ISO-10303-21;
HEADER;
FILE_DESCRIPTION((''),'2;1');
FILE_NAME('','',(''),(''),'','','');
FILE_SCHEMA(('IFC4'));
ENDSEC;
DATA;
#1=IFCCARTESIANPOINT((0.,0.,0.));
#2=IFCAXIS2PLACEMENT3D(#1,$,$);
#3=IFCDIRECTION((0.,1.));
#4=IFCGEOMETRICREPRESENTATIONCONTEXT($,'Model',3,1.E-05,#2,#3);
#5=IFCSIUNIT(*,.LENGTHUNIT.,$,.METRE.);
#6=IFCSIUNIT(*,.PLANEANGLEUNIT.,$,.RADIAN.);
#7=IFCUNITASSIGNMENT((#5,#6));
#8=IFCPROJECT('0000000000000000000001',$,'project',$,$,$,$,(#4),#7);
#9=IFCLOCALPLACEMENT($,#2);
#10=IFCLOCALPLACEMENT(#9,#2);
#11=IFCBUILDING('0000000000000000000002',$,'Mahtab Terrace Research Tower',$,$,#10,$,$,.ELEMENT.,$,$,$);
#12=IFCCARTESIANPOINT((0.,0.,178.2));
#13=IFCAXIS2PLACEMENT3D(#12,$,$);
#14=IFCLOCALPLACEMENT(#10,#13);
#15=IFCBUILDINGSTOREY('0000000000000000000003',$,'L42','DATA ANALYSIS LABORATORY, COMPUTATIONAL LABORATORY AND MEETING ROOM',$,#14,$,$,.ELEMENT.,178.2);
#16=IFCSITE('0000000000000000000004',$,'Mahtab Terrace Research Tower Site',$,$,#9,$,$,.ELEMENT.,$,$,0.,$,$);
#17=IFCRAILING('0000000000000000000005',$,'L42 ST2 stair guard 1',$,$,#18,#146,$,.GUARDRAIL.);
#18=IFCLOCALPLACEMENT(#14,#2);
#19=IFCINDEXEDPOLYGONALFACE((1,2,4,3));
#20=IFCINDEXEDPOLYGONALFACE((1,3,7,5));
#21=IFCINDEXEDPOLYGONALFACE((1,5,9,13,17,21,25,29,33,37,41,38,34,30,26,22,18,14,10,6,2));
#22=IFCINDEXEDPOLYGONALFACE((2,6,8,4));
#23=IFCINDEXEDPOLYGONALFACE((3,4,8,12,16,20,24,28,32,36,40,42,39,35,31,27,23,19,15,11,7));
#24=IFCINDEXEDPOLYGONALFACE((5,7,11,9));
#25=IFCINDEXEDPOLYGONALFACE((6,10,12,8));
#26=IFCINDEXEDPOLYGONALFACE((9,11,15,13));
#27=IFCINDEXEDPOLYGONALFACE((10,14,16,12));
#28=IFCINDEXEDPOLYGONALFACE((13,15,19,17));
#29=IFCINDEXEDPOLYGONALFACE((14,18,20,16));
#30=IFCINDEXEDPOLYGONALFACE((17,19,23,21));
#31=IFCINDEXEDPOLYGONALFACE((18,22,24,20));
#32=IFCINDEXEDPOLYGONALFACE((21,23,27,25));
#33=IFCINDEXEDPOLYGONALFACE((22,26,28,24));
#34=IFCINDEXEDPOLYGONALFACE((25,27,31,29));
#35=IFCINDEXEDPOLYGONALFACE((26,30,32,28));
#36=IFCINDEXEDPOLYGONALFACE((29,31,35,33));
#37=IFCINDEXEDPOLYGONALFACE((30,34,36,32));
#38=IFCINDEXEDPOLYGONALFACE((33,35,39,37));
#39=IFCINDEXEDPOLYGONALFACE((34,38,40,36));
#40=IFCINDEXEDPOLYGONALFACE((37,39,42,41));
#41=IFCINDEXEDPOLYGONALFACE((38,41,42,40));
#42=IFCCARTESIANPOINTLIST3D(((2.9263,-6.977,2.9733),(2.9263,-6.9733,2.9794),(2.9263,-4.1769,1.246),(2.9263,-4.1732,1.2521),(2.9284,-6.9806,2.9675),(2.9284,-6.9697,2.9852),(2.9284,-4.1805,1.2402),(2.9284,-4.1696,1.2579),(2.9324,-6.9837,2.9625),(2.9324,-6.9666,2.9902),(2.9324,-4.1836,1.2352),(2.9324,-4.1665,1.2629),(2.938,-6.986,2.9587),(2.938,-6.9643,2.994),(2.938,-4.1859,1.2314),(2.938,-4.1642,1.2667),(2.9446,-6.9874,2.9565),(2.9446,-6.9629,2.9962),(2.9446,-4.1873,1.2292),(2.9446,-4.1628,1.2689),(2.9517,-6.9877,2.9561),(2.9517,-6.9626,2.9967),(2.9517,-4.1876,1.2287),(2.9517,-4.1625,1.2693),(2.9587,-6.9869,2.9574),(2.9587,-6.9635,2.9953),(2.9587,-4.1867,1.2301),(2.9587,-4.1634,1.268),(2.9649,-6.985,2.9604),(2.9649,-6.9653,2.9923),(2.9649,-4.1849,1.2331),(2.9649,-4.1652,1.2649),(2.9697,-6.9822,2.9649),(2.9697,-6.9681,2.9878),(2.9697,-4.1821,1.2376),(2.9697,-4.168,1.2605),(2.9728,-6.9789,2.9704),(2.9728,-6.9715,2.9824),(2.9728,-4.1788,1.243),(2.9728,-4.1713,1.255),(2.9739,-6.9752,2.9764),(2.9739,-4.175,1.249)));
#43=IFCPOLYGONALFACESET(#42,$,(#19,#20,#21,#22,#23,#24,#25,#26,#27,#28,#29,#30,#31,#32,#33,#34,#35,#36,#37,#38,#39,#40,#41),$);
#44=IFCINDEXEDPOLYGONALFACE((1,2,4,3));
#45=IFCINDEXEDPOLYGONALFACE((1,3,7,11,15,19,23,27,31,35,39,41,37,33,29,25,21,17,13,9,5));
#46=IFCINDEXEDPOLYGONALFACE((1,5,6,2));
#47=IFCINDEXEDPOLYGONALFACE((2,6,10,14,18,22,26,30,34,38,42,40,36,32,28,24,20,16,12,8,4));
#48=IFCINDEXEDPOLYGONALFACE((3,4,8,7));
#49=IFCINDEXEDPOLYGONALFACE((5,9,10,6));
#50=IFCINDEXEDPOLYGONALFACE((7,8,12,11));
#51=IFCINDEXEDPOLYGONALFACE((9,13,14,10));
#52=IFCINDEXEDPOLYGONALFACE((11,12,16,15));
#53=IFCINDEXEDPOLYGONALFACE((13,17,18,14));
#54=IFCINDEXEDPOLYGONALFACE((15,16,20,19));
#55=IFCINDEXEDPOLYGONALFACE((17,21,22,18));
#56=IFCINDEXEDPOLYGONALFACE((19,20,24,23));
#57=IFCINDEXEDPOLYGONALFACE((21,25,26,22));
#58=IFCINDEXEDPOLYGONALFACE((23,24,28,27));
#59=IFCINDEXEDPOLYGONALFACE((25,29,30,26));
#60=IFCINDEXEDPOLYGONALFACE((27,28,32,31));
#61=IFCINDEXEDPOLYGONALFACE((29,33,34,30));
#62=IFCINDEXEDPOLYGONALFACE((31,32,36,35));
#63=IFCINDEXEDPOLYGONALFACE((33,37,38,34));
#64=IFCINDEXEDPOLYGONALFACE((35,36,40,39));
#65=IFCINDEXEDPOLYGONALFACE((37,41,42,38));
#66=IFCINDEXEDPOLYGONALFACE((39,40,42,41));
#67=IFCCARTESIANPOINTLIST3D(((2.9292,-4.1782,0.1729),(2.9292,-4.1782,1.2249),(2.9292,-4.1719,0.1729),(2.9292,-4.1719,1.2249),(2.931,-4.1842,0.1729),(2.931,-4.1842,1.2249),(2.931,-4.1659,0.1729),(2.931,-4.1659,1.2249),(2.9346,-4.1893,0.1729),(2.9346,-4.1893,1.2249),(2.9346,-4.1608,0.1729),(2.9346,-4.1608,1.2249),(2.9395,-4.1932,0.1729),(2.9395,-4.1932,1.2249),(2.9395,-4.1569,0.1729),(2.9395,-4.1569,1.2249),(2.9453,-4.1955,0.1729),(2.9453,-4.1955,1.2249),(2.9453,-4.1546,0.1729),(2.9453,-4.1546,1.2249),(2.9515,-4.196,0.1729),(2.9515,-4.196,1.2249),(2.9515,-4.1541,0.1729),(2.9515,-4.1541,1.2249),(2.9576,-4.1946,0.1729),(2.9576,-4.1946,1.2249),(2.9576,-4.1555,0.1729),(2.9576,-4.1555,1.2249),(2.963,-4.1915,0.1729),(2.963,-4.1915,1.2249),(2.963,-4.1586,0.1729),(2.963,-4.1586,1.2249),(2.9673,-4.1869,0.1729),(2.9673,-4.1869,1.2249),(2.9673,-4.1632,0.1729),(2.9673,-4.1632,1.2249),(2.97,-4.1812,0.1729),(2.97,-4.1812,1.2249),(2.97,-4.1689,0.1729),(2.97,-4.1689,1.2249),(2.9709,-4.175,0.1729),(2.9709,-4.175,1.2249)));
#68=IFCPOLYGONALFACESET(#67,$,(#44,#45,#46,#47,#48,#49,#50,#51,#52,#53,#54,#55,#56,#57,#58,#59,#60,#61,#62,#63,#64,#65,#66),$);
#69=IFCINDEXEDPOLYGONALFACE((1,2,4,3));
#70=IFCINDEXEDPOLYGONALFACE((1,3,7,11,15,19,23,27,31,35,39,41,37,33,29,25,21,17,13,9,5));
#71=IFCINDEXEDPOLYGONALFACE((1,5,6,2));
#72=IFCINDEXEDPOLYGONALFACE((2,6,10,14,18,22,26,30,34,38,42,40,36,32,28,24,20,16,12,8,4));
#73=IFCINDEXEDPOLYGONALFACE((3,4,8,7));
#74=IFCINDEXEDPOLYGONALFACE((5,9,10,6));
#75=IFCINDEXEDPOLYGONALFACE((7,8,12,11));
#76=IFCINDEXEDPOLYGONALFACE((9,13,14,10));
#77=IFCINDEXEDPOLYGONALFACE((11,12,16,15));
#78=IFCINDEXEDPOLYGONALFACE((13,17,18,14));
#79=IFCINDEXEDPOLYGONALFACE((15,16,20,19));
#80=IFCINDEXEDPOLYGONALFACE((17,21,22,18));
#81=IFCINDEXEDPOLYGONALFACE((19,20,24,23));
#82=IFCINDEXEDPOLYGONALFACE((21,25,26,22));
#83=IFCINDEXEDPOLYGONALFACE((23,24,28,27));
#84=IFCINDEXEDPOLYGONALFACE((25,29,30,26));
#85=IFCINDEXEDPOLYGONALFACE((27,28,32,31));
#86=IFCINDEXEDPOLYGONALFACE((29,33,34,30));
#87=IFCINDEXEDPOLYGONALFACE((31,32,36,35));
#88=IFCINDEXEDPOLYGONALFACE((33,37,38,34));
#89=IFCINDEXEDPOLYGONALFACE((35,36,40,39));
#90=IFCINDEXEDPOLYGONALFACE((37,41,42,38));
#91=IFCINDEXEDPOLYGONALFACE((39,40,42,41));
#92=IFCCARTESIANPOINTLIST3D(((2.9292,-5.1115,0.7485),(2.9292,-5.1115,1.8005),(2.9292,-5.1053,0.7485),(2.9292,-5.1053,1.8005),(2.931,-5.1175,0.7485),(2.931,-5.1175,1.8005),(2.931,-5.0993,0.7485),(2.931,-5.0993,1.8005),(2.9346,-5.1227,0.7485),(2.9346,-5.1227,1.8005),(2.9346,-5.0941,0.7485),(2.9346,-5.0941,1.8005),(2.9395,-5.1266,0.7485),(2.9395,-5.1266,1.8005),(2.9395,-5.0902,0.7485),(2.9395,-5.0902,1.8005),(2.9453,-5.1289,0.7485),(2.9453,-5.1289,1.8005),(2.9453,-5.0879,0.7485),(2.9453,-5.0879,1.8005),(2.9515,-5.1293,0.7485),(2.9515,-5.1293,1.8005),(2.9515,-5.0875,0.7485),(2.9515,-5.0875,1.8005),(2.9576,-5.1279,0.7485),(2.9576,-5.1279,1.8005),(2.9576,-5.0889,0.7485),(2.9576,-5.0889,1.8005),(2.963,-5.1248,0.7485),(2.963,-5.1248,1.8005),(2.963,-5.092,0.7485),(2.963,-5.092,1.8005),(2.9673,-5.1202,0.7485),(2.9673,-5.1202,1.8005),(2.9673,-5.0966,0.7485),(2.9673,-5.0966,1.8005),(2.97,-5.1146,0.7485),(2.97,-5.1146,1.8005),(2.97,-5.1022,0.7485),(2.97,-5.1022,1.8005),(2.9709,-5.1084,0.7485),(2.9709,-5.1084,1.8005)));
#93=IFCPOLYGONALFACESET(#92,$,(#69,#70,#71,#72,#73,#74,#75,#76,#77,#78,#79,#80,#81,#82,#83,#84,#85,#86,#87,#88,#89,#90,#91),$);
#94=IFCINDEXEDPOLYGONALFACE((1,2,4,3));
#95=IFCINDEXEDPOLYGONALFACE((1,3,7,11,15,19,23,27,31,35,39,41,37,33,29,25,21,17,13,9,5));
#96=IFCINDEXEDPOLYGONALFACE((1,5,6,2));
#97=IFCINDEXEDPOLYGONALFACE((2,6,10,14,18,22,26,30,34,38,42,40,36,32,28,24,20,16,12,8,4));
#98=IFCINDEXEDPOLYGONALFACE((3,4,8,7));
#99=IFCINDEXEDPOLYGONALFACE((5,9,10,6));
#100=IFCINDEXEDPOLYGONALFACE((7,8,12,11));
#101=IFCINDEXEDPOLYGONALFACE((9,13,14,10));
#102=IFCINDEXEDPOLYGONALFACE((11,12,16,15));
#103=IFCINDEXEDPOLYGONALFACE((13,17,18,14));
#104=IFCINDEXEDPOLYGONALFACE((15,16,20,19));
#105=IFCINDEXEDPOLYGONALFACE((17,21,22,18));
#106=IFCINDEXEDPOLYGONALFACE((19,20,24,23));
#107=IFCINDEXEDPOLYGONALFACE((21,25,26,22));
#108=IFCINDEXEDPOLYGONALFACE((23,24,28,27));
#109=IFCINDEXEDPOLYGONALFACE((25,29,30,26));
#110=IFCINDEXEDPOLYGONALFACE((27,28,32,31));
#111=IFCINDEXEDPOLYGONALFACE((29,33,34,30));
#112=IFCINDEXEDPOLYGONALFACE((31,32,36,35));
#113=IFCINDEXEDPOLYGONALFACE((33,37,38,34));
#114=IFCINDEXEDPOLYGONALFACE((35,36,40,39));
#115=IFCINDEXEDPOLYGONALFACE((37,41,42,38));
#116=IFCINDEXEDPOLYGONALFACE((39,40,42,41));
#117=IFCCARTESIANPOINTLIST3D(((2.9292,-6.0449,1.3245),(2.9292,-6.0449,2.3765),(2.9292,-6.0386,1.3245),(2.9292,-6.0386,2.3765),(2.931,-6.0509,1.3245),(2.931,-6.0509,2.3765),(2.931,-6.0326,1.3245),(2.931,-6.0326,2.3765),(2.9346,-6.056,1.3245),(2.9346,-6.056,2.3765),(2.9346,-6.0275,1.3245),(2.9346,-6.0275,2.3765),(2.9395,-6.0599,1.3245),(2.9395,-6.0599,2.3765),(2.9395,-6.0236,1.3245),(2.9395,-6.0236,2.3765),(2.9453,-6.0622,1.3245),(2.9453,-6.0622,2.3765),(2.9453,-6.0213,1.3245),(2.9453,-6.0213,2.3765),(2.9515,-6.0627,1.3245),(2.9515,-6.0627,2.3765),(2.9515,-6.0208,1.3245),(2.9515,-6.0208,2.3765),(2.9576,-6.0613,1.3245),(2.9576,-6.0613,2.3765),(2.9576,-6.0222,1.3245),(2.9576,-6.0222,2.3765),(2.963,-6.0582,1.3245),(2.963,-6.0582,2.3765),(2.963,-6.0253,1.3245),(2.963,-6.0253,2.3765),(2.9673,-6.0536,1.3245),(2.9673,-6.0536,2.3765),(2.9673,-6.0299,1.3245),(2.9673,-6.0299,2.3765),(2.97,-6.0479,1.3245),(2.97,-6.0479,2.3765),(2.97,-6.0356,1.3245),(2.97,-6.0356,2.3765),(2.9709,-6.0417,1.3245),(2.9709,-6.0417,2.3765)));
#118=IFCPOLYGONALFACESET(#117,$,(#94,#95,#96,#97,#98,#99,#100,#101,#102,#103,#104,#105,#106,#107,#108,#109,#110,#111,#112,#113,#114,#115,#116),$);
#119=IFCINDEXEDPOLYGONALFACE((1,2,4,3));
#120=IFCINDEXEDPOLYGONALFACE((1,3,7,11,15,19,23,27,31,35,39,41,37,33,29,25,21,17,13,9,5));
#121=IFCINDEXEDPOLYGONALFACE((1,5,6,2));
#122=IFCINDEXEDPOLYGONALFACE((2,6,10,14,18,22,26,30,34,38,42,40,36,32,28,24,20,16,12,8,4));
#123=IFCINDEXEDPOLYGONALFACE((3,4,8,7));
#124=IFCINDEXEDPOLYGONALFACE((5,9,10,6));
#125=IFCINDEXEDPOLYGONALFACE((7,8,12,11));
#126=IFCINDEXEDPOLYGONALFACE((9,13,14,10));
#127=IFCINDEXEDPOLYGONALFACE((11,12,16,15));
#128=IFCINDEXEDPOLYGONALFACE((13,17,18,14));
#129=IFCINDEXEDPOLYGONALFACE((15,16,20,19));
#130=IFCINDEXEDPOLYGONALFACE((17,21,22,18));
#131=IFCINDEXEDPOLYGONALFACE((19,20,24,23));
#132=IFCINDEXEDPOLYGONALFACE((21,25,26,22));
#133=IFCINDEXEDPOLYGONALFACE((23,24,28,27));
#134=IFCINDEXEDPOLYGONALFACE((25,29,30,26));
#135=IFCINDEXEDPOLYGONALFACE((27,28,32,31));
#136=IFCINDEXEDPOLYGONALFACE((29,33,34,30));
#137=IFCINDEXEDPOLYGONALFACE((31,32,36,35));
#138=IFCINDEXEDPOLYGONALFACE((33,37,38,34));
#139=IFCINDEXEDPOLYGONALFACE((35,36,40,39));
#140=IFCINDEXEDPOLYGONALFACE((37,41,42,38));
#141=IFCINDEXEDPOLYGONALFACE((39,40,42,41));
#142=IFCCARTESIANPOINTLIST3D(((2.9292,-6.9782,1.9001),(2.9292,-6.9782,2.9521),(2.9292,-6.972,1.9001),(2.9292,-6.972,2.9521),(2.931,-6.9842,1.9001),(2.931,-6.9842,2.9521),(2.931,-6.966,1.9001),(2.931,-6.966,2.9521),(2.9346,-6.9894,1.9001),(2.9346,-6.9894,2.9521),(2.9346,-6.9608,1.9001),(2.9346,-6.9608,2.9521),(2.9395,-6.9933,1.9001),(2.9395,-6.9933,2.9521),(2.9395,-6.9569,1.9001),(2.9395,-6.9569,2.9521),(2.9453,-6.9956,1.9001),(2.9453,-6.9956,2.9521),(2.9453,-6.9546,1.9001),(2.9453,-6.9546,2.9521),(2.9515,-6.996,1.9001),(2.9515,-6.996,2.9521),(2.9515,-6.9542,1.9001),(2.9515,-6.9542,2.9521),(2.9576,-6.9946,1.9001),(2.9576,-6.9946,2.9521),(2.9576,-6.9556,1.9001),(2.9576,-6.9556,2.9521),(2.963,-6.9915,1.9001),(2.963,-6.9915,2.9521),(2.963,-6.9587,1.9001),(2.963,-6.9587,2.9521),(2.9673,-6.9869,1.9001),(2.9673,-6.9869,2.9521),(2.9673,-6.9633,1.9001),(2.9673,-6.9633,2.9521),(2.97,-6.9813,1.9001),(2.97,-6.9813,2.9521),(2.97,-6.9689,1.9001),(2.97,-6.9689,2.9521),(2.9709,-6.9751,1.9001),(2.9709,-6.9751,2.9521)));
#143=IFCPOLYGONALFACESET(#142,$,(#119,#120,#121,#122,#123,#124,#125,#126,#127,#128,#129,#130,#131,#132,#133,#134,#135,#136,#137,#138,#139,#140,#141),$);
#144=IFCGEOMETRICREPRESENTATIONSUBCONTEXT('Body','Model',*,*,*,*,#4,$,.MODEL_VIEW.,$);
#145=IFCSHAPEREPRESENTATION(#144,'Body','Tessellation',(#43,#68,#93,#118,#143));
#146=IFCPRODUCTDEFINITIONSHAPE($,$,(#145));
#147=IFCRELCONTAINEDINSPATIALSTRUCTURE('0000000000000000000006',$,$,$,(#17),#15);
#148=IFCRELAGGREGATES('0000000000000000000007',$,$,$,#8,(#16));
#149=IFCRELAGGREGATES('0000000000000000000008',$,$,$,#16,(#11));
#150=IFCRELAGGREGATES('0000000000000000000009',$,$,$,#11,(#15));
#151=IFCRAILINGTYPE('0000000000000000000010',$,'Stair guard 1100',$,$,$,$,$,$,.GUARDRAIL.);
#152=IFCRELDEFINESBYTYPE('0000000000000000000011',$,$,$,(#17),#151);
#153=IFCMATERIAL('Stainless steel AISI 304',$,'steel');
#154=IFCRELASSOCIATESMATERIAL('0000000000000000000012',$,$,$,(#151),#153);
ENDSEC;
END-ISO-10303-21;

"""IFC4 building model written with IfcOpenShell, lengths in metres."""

from ifc_helpers import new_model, si_unit, direction, frame, origin, origin_2d, place, context, subcontext, project, spatial, circle, extrude, material, type_object, element, save


model = new_model("IFC4")

# Units and contexts
model_context = context("Model", 3, precision=1e-05, world=origin(), true_north=direction((0.0, 1.0)))
body_context = subcontext(model_context, "Body", "Model", "MODEL_VIEW")
ifc_project = project(units=[si_unit("LENGTHUNIT", "METRE"), si_unit("PLANEANGLEUNIT", "RADIAN")], contexts=[model_context])

# Site, building, storey
site_placement = place(None, origin())
site = spatial("IfcSite", under=ifc_project, at=site_placement, Name="Mahtab Terrace Research Tower Site", CompositionType="ELEMENT", RefElevation=0.0)
building_placement = place(site_placement, origin())
building = spatial("IfcBuilding", under=site, at=building_placement, Name="Mahtab Terrace Research Tower", CompositionType="ELEMENT")
storey_placement = place(building_placement, frame((0.0, 0.0, 178.2)))
storey = spatial("IfcBuildingStorey", under=building, at=storey_placement, Name="L42", Description="DATA ANALYSIS LABORATORY, COMPUTATIONAL LABORATORY AND MEETING ROOM", CompositionType="ELEMENT", Elevation=178.2)

# Railing
ifc_material_1 = material(Name="Stainless steel AISI 304", Category="steel")
railing_type_1 = type_object("IfcRailingType", Name="Stair guard 1100", PredefinedType="GUARDRAIL", material=ifc_material_1)
railing_1_placement = place(storey_placement, frame((2.95, -4.175, 0.1729)))
element("IfcRailing", 1, at=railing_1_placement, inside=storey, type_object=railing_type_1, Name="L42 ST2 stair guard 1", PredefinedType="GUARDRAIL", context=body_context, shape_type="SweptSolid", body=[
    extrude(circle(Radius=0.0239, at=origin_2d()), frame((0.0, 0.0, 1.0762), z_axis=(0.0, -0.85109, 0.52502), x_axis=(1.0, 0.0, 0.0)), (0.0, 0.0, 1.0), 3.29),
    extrude(circle(Radius=0.021, at=origin_2d()), origin(), (0.0, 0.0, 1.0), 1.052),
    extrude(circle(Radius=0.021, at=origin_2d()), frame((0.0, -0.9333, 0.5757)), (0.0, 0.0, 1.0), 1.052),
    extrude(circle(Radius=0.021, at=origin_2d()), frame((0.0, -1.8667, 1.1516)), (0.0, 0.0, 1.0), 1.052),
    extrude(circle(Radius=0.021, at=origin_2d()), frame((0.0, -2.8, 1.7273)), (0.0, 0.0, 1.0), 1.052),
])

save(model, "model.ifc")
